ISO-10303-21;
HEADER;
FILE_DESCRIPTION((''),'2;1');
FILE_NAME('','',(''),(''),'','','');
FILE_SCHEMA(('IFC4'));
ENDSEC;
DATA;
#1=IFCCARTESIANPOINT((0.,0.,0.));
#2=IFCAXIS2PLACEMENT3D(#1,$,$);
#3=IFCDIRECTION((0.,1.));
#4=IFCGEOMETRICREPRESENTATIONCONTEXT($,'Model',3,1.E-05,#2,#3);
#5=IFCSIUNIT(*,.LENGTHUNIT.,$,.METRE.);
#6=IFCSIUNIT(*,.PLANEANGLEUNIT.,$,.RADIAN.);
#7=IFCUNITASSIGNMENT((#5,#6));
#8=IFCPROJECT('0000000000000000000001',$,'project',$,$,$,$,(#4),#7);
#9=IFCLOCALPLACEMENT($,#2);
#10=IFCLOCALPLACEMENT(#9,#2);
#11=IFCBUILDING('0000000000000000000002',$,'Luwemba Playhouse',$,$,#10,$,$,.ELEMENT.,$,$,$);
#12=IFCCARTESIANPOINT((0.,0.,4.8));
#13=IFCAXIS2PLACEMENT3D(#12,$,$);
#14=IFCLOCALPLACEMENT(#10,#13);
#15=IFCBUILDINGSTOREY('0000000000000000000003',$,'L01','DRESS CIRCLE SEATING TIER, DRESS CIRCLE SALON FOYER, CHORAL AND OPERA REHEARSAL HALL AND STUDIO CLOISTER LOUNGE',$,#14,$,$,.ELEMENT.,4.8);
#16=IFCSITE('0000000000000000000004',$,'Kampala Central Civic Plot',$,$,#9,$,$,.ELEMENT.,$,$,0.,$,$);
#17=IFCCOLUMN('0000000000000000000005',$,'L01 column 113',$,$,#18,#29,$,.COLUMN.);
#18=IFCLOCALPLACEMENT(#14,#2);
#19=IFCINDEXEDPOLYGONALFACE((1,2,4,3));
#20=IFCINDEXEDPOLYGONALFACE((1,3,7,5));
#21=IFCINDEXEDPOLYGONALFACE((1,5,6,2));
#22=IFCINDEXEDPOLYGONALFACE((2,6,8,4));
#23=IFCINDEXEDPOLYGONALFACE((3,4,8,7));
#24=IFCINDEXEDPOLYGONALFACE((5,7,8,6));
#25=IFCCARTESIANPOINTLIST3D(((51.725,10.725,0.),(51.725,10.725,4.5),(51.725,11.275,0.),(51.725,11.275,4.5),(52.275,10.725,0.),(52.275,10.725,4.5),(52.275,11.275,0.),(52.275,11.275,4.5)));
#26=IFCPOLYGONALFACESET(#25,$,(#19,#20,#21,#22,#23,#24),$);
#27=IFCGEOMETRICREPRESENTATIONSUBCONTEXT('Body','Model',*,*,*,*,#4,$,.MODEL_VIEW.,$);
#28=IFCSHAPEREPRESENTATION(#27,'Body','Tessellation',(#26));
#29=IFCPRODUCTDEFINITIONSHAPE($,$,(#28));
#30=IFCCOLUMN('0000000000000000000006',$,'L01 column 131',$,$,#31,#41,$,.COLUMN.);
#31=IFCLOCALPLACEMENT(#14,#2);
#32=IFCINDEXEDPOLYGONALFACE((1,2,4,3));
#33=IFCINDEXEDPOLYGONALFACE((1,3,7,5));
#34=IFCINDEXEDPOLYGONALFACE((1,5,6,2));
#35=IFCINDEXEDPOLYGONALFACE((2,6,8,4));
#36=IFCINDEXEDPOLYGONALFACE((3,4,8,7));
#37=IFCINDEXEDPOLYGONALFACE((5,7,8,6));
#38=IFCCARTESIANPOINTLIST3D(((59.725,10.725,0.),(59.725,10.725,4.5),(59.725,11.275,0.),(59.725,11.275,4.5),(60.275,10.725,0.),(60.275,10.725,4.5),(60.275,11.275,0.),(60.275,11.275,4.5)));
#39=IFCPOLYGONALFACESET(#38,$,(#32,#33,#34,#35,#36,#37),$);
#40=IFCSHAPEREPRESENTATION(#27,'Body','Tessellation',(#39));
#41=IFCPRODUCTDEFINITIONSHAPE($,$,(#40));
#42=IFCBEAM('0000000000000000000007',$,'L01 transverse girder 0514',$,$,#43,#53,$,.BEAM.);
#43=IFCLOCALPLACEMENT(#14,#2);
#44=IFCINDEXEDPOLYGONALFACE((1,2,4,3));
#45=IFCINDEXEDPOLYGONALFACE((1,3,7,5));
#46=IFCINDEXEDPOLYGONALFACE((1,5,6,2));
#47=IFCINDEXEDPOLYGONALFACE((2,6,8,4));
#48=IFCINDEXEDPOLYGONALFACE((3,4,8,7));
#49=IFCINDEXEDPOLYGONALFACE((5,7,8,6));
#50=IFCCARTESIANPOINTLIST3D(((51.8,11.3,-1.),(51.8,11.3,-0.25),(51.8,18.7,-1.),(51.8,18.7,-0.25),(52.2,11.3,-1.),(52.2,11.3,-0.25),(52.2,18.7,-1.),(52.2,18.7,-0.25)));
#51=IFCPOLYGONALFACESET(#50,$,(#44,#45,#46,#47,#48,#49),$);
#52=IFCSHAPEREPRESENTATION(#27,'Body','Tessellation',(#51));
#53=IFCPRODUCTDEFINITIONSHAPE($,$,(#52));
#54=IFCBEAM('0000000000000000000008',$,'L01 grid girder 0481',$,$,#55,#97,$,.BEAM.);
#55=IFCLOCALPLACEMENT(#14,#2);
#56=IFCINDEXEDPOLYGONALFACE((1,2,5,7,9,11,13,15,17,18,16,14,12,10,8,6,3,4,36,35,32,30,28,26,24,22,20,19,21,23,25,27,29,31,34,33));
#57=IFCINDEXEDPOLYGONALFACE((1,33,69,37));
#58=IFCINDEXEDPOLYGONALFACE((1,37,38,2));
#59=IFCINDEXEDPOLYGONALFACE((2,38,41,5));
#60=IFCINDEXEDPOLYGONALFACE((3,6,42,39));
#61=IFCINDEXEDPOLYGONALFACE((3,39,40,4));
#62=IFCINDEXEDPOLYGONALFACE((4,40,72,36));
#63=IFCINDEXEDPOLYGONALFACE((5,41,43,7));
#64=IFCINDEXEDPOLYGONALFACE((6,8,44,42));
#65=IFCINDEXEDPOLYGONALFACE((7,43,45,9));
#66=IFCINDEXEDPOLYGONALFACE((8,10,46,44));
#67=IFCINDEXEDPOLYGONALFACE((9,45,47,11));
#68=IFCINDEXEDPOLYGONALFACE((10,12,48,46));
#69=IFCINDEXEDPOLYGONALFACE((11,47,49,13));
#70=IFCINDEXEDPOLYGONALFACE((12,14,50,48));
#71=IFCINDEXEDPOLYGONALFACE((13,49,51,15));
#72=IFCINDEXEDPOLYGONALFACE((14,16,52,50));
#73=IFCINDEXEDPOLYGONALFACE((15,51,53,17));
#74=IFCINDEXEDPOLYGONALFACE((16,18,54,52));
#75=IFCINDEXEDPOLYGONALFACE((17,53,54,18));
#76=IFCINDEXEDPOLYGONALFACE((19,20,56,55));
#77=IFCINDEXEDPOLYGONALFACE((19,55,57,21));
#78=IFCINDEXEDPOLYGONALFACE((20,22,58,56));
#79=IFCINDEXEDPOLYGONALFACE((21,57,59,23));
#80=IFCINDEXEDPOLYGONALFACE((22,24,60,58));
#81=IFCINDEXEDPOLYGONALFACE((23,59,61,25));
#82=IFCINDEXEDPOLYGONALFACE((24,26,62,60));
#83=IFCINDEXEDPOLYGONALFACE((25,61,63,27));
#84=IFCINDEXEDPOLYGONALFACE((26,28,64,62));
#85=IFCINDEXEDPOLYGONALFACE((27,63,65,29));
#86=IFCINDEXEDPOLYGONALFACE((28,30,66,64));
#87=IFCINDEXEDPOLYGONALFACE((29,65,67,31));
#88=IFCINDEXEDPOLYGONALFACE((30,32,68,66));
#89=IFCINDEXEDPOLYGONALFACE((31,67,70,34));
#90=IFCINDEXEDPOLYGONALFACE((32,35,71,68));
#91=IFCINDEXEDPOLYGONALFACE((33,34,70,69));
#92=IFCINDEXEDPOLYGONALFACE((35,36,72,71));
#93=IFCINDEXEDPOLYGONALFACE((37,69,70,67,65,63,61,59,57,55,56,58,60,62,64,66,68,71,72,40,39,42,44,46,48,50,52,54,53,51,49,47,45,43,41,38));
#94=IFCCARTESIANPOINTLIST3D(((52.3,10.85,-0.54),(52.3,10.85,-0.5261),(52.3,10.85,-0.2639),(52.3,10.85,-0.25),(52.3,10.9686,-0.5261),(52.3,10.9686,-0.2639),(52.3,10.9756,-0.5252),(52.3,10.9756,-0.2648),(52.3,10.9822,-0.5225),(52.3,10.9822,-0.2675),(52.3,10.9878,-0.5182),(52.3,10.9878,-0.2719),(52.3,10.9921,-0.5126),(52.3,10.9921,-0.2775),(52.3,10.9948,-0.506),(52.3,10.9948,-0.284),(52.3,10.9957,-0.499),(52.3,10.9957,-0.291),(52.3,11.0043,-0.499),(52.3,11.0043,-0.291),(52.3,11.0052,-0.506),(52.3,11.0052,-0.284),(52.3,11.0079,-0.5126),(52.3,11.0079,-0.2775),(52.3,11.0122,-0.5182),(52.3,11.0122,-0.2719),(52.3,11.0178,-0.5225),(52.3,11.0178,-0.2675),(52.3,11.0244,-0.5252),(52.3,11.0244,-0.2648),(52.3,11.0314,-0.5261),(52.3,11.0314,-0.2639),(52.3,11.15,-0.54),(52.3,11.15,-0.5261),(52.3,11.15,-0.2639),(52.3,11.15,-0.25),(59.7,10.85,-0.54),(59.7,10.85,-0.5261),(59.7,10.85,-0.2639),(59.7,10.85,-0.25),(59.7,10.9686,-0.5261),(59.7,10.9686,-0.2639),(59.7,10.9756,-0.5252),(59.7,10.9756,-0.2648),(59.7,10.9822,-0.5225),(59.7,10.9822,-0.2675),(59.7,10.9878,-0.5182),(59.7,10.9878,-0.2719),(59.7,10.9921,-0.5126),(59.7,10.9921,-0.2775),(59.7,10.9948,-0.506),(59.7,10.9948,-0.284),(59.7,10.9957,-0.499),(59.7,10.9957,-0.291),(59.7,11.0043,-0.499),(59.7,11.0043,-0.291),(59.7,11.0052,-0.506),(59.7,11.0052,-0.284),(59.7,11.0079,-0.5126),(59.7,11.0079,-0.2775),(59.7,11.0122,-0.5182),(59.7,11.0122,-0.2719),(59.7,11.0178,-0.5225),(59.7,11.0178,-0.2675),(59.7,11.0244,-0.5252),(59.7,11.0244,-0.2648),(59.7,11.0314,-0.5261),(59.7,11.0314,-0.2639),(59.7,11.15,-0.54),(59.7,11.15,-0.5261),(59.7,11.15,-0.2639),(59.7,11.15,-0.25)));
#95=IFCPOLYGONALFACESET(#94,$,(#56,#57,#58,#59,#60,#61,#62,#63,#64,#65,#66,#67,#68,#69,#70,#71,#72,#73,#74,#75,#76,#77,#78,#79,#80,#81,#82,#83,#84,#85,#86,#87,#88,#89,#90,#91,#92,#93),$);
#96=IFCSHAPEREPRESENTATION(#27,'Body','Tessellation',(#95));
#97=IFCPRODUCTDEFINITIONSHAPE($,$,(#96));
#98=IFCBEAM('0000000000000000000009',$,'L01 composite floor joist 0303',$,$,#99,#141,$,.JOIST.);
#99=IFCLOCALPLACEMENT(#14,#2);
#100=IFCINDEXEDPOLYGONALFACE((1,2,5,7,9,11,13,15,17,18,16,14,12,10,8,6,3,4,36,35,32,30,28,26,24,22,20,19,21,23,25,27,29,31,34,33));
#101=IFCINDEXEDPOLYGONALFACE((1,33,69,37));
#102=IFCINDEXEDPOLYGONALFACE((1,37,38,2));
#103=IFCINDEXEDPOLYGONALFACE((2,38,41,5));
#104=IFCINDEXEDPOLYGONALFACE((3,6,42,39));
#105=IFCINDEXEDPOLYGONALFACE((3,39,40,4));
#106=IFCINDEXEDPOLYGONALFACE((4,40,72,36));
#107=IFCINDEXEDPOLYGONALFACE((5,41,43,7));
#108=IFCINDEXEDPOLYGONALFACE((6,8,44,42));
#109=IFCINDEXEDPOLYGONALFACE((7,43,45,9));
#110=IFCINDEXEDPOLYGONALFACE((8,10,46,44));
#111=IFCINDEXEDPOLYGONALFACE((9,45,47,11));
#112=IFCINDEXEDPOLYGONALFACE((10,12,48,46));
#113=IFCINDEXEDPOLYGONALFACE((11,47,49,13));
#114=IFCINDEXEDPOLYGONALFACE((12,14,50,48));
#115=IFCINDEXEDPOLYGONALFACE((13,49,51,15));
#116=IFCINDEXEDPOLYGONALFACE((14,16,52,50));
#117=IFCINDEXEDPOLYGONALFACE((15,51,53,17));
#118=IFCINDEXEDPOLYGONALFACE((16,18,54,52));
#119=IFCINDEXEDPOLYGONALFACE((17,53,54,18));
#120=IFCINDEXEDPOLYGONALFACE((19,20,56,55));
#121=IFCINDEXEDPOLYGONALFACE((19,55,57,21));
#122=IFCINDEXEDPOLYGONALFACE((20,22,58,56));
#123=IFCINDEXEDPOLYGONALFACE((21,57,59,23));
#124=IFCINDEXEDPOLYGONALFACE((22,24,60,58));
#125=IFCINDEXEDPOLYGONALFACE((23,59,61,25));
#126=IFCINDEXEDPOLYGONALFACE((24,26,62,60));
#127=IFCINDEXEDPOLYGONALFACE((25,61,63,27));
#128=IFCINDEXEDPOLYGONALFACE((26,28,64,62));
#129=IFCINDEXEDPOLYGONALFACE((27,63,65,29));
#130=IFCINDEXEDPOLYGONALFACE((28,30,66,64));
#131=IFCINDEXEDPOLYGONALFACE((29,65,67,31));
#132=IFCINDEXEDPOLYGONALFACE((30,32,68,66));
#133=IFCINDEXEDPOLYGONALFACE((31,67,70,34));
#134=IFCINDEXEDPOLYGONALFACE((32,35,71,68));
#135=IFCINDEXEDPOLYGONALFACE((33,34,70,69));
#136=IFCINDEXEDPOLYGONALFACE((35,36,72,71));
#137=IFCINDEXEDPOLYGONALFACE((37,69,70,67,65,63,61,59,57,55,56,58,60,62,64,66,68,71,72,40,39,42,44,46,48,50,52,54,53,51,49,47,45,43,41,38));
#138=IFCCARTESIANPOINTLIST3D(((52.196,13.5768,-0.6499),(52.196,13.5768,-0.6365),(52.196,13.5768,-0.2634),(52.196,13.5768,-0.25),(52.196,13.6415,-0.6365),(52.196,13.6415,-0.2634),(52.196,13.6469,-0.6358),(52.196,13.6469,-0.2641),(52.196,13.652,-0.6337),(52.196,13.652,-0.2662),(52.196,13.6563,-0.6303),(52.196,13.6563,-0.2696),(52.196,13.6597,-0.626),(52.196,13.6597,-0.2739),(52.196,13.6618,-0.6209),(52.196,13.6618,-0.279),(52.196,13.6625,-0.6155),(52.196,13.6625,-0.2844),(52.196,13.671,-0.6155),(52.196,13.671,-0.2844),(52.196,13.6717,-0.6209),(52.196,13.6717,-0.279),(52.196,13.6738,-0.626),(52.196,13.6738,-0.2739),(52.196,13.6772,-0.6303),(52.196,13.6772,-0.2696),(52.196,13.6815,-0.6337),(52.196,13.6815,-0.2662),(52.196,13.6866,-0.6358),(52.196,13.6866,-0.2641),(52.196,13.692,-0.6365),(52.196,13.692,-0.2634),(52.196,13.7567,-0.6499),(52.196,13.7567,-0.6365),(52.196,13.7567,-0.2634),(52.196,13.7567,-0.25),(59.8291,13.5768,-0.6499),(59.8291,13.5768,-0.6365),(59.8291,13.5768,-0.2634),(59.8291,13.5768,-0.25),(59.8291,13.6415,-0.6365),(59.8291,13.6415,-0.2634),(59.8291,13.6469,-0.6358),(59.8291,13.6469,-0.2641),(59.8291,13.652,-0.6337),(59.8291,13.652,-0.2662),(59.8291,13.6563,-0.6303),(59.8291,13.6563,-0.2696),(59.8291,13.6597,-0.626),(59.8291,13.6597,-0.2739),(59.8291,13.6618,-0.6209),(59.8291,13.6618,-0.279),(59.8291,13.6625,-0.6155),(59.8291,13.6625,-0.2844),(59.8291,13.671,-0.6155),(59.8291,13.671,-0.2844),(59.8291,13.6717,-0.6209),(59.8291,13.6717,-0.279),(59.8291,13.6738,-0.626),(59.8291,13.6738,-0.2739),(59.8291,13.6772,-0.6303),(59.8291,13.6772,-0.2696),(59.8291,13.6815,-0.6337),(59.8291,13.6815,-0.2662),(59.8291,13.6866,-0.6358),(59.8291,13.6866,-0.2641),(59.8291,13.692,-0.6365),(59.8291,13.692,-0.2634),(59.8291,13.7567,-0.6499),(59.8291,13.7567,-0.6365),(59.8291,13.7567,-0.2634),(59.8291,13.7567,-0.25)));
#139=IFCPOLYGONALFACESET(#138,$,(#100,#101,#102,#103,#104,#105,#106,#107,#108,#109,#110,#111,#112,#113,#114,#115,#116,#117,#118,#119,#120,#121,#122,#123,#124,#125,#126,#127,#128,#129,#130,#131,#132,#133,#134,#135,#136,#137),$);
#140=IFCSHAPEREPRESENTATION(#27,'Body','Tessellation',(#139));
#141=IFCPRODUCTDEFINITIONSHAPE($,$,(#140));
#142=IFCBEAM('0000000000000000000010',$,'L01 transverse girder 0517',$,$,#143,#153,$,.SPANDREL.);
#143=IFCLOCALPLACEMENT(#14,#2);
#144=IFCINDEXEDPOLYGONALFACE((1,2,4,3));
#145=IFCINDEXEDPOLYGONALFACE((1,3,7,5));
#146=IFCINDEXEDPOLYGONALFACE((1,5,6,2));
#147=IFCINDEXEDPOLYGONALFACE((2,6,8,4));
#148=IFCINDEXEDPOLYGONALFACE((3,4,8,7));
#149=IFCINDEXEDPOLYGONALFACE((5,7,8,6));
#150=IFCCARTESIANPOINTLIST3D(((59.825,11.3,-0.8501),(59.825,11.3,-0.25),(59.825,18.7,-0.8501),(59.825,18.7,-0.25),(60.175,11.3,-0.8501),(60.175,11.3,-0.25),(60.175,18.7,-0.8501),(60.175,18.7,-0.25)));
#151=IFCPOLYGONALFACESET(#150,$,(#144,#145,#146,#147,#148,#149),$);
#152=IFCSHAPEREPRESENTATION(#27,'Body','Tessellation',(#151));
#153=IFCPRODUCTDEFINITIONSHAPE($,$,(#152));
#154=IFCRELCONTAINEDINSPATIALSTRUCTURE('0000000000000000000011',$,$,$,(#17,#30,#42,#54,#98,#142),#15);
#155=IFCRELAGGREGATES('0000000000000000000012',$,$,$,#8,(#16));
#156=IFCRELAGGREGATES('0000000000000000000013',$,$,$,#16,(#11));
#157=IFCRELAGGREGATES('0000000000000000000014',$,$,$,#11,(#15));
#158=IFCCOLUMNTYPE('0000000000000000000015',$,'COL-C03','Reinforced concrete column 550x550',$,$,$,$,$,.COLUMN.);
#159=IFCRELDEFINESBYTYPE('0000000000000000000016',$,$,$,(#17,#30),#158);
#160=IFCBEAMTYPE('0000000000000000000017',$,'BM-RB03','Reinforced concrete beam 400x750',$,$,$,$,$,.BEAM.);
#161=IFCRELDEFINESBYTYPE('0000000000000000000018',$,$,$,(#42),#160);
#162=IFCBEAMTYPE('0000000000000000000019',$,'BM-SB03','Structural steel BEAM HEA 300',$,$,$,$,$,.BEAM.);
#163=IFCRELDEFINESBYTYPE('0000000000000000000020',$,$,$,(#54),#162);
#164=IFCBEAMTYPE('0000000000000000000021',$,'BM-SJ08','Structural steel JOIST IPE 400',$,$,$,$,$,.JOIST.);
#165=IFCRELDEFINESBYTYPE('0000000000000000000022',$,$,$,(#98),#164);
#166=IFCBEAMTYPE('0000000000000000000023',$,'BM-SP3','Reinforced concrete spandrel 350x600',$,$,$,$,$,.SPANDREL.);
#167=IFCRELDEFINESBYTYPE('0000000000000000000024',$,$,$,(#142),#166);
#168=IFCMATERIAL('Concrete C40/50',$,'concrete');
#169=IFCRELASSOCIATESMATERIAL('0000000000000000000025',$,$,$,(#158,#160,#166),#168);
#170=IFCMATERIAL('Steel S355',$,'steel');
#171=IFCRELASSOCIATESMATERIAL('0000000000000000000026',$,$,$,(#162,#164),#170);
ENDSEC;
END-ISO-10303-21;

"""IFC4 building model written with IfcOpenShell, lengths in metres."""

from ifc_helpers import new_model, si_unit, direction, frame, origin, origin_2d, place, context, subcontext, project, spatial, rectangle, i_section, extrude, material, material_profile, profile_set, type_object, element, save


model = new_model("IFC4")

# Units and contexts
model_context = context("Model", 3, precision=1e-05, world=origin(), true_north=direction((0.0, 1.0)))
body_context = subcontext(model_context, "Body", "Model", "MODEL_VIEW")
ifc_project = project(units=[si_unit("LENGTHUNIT", "METRE"), si_unit("PLANEANGLEUNIT", "RADIAN")], contexts=[model_context])

# Site, building, storey
site_placement = place(None, origin())
site = spatial("IfcSite", under=ifc_project, at=site_placement, Name="Kampala Central Civic Plot", CompositionType="ELEMENT", RefElevation=0.0)
building_placement = place(site_placement, origin())
building = spatial("IfcBuilding", under=site, at=building_placement, Name="Luwemba Playhouse", CompositionType="ELEMENT")
storey_placement = place(building_placement, frame((0.0, 0.0, 4.8)))
storey = spatial("IfcBuildingStorey", under=building, at=storey_placement, Name="L01", Description="DRESS CIRCLE SEATING TIER, DRESS CIRCLE SALON FOYER, CHORAL AND OPERA REHEARSAL HALL AND STUDIO CLOISTER LOUNGE", CompositionType="ELEMENT", Elevation=4.8)

# Columns
ifc_material_1 = material(Name="Concrete C40/50", Category="concrete")
ifc_material_profile_1 = material_profile(ifc_material_1, rectangle(XDim=0.55, YDim=0.55, at=origin_2d()))
ifc_profile_set_1 = profile_set([ifc_material_profile_1], Name="Concrete C40/50")
column_type = type_object("IfcColumnType", Name="COL-C03", Description="Reinforced concrete column 550x550", PredefinedType="COLUMN", material=ifc_profile_set_1)
for number, where, z_axis, x_axis, name in (
    (1, (52.0, 11.0, 0.0), (0.0, 0.0, 1.0), (1.0, 0.0, 0.0), "L01 column 113"),
    (2, (60.0, 11.0, 0.0), (0.0, 0.0, 1.0), (1.0, 0.0, 0.0), "L01 column 131"),
):
    element("IfcColumn", number, at=place(storey_placement, frame(where, z_axis=z_axis, x_axis=x_axis)), inside=storey, type_object=column_type, Name=name, PredefinedType="COLUMN", context=body_context, shape_type="SweptSolid", body=[
        extrude(rectangle(XDim=0.55, YDim=0.55, at=origin_2d()), origin(), (0.0, 0.0, 1.0), 4.5),
    ])

# Beams
ifc_material_profile_2 = material_profile(ifc_material_1, rectangle(XDim=0.3999, YDim=0.75, at=origin_2d()))
ifc_profile_set_2 = profile_set([ifc_material_profile_2], Name="Concrete C40/50")
beam_type_1 = type_object("IfcBeamType", Name="BM-RB03", Description="Reinforced concrete beam 400x750", PredefinedType="BEAM", material=ifc_profile_set_2)
beam_1_placement = place(storey_placement, frame((52.0, 11.3, -0.625), z_axis=(0.0, 1.0, 0.0), x_axis=(-1.0, 0.0, 0.0)))
element("IfcBeam", 3, at=beam_1_placement, inside=storey, type_object=beam_type_1, Name="L01 transverse girder 0514", PredefinedType="BEAM", context=body_context, shape_type="SweptSolid", body=[
    extrude(rectangle(XDim=0.3999, YDim=0.75, at=origin_2d()), origin(), (0.0, 0.0, 1.0), 7.3999),
])
ifc_material_2 = material(Name="Steel S355", Category="steel")
ifc_material_profile_3 = material_profile(ifc_material_2, i_section(OverallWidth=0.3, OverallDepth=0.29, WebThickness=0.0085, FlangeThickness=0.0139, FilletRadius=0.0271, at=origin_2d()))
ifc_profile_set_3 = profile_set([ifc_material_profile_3], Name="Steel S355")
beam_type_2 = type_object("IfcBeamType", Name="BM-SB03", Description="Structural steel BEAM HEA 300", PredefinedType="BEAM", material=ifc_profile_set_3)
beam_2_placement = place(storey_placement, frame((52.3, 11.0, -0.395), z_axis=(1.0, 0.0, 0.0), x_axis=(0.0, 1.0, 0.0)))
element("IfcBeam", 4, at=beam_2_placement, inside=storey, type_object=beam_type_2, Name="L01 grid girder 0481", PredefinedType="BEAM", context=body_context, shape_type="SweptSolid", body=[
    extrude(i_section(OverallWidth=0.3, OverallDepth=0.29, WebThickness=0.0085, FlangeThickness=0.0139, FilletRadius=0.0271, at=origin_2d()), origin(), (0.0, 0.0, 1.0), 7.3999),
])
ifc_material_profile_4 = material_profile(ifc_material_2, i_section(OverallWidth=0.1799, OverallDepth=0.3999, WebThickness=0.0085, FlangeThickness=0.0134, FilletRadius=0.021, at=origin_2d()))
ifc_profile_set_4 = profile_set([ifc_material_profile_4], Name="Steel S355")
beam_type_3 = type_object("IfcBeamType", Name="BM-SJ08", Description="Structural steel JOIST IPE 400", PredefinedType="JOIST", material=ifc_profile_set_4)
beam_3_placement = place(storey_placement, frame((52.196, 13.6667, -0.45), z_axis=(1.0, 0.0, 0.0), x_axis=(0.0, 1.0, 0.0)))
element("IfcBeam", 5, at=beam_3_placement, inside=storey, type_object=beam_type_3, Name="L01 composite floor joist 0303", PredefinedType="JOIST", context=body_context, shape_type="SweptSolid", body=[
    extrude(i_section(OverallWidth=0.1799, OverallDepth=0.3999, WebThickness=0.0085, FlangeThickness=0.0134, FilletRadius=0.021, at=origin_2d()), origin(), (0.0, 0.0, 1.0), 7.6331),
])
ifc_material_profile_5 = material_profile(ifc_material_1, rectangle(XDim=0.3501, YDim=0.6001, at=origin_2d()))
ifc_profile_set_5 = profile_set([ifc_material_profile_5], Name="Concrete C40/50")
beam_type_4 = type_object("IfcBeamType", Name="BM-SP3", Description="Reinforced concrete spandrel 350x600", PredefinedType="SPANDREL", material=ifc_profile_set_5)
beam_4_placement = place(storey_placement, frame((60.0, 11.3, -0.55), z_axis=(0.0, 1.0, 0.0), x_axis=(-1.0, 0.0, 0.0)))
element("IfcBeam", 6, at=beam_4_placement, inside=storey, type_object=beam_type_4, Name="L01 transverse girder 0517", PredefinedType="SPANDREL", context=body_context, shape_type="SweptSolid", body=[
    extrude(rectangle(XDim=0.3501, YDim=0.6001, at=origin_2d()), origin(), (0.0, 0.0, 1.0), 7.3999),
])

save(model, "model.ifc")
